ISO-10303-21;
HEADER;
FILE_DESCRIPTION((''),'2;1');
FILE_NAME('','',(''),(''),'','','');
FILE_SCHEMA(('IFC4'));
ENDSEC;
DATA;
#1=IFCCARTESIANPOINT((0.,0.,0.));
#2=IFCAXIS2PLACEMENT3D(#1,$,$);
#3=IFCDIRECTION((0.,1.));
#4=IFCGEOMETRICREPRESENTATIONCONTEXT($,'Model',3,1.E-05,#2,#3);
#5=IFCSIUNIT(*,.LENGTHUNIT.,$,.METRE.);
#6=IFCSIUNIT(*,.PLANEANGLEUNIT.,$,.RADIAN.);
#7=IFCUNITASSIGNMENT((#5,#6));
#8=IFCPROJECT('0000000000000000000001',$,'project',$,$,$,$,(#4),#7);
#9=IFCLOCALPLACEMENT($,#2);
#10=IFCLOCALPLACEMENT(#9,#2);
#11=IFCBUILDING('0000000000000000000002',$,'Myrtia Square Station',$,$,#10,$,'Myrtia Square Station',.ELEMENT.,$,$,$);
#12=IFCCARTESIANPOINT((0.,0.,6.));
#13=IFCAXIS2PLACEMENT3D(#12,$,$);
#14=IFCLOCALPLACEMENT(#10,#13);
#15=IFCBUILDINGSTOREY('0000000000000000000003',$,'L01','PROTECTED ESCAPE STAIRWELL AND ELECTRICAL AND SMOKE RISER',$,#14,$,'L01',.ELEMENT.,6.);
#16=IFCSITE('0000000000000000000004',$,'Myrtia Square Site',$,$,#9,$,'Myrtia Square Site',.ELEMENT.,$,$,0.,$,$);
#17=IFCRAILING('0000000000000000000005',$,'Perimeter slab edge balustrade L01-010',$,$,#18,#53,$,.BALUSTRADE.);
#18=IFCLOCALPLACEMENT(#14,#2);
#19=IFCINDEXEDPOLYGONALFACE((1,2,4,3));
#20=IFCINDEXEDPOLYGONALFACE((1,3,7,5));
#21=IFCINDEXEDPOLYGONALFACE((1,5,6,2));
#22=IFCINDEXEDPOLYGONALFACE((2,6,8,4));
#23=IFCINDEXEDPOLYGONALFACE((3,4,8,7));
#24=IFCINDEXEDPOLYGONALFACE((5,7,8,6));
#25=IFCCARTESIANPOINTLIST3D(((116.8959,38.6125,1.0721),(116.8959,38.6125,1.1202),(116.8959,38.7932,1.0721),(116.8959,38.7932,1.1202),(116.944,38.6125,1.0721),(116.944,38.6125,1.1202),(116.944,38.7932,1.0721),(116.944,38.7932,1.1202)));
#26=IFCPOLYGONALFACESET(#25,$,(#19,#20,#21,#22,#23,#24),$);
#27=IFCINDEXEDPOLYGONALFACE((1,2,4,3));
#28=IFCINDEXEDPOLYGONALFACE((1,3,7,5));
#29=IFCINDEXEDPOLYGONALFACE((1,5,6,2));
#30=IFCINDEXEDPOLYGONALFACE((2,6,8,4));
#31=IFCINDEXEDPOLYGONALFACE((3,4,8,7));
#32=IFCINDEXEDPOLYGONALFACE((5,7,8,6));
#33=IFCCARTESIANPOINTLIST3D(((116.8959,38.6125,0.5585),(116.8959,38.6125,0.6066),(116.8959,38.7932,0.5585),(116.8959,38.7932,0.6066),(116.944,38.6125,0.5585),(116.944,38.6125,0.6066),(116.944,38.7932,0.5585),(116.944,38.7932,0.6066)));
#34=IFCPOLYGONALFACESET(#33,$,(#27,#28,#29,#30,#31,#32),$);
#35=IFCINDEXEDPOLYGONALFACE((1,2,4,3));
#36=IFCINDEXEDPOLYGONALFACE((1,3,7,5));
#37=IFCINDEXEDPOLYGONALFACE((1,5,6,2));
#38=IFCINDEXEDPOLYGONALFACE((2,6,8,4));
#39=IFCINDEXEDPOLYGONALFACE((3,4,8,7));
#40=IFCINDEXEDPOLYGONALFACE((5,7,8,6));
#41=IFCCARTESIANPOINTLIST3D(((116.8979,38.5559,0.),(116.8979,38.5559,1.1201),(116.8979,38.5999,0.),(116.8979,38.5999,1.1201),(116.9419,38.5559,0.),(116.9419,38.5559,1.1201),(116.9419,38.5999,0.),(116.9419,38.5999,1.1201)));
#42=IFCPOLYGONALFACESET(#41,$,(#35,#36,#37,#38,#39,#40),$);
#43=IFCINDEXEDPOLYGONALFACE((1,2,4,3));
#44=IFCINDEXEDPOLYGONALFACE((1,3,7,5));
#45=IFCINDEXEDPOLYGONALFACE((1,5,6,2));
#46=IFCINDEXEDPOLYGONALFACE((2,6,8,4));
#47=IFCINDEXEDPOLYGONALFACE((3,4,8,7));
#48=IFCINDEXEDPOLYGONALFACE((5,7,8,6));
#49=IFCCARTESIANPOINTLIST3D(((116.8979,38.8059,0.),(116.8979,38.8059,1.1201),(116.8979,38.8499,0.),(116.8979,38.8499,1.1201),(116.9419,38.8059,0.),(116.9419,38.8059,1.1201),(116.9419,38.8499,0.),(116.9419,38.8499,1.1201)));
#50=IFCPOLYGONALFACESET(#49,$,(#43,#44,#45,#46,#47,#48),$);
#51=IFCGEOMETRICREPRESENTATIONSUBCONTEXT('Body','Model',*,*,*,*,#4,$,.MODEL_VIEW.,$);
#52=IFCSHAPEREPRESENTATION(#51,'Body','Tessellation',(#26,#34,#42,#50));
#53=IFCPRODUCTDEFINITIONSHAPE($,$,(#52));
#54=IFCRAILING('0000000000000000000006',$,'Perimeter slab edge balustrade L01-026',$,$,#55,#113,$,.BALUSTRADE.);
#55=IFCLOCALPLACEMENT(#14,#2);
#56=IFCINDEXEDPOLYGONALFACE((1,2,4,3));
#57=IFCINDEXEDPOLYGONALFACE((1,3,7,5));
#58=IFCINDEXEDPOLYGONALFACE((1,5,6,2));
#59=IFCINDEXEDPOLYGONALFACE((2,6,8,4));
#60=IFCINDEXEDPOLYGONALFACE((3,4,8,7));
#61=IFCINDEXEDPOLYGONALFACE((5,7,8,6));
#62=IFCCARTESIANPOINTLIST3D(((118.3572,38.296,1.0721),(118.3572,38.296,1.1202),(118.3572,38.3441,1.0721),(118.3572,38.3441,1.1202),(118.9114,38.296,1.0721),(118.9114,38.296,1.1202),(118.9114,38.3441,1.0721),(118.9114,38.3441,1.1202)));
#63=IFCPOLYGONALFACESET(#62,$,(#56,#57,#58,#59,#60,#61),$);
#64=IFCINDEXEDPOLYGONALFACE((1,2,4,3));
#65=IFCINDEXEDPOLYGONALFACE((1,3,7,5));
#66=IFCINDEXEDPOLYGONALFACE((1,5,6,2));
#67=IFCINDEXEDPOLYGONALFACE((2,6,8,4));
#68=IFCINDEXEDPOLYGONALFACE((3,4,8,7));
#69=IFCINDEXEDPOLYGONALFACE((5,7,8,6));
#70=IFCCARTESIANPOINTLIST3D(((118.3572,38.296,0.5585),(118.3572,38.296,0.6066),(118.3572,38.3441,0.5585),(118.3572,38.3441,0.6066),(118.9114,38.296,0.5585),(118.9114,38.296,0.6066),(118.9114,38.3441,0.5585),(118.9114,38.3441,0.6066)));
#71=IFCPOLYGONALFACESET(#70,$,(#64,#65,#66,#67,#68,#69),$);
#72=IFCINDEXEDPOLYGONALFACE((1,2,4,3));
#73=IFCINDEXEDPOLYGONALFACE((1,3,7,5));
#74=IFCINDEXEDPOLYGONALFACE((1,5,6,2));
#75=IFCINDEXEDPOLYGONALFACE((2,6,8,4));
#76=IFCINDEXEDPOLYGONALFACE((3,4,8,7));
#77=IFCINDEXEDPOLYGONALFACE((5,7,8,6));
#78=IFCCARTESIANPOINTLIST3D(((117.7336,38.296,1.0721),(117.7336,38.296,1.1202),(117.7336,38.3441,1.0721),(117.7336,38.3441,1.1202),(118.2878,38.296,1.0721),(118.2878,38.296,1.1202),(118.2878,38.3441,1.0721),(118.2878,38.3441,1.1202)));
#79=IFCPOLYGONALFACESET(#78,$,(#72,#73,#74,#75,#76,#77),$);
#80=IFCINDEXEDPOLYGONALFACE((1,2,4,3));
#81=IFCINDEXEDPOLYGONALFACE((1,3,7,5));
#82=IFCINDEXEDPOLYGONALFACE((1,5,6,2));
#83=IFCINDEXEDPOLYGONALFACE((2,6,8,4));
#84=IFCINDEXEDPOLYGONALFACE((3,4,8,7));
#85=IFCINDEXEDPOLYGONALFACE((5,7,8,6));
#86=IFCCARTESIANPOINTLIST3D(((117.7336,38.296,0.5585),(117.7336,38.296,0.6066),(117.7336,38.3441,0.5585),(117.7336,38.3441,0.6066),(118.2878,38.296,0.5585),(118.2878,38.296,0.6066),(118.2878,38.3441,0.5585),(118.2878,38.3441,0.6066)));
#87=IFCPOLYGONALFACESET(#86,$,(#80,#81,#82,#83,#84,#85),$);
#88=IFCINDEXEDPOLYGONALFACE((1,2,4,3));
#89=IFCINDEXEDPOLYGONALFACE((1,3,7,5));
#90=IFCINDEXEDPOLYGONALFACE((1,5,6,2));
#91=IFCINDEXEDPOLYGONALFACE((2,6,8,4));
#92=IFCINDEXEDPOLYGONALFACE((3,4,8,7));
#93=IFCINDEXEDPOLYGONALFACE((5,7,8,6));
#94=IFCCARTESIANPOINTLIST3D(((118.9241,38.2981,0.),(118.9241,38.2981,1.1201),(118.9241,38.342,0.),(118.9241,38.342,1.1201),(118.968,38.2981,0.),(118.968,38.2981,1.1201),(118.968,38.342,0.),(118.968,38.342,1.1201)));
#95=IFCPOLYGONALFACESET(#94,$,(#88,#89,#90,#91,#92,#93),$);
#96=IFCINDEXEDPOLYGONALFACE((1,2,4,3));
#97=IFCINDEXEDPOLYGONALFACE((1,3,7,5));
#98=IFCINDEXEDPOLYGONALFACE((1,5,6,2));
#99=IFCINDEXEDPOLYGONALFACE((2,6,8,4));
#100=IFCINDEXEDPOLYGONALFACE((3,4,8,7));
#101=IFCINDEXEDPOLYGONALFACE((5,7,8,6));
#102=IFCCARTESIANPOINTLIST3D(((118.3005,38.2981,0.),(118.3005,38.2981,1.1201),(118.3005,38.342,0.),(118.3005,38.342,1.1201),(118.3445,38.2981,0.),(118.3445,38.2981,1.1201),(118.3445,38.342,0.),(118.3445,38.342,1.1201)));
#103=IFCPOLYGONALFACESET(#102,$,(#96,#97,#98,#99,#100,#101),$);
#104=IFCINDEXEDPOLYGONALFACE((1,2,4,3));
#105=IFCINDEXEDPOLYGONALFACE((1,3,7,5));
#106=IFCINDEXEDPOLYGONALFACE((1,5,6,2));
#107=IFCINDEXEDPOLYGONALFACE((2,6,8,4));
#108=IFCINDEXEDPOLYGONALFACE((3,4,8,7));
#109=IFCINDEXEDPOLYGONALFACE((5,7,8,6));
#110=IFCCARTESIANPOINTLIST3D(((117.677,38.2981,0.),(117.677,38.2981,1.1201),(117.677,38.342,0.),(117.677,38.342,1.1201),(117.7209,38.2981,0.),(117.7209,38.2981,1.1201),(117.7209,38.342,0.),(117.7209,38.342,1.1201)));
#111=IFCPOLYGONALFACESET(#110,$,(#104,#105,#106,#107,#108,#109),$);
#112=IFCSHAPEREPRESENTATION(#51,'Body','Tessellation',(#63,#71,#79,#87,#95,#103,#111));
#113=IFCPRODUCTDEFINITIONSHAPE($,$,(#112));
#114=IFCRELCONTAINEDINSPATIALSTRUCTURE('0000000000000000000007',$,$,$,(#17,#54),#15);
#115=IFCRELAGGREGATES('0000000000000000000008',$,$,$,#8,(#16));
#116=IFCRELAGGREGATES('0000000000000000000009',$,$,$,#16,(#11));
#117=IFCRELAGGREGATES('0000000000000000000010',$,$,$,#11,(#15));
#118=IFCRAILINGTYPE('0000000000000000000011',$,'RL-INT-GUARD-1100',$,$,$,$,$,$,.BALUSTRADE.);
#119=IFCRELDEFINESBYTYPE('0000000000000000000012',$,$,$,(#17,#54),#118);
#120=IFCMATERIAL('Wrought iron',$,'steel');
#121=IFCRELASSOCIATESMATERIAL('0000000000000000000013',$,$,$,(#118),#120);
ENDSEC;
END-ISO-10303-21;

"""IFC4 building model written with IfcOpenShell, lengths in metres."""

from ifc_helpers import new_model, si_unit, direction, frame, origin, origin_2d, place, context, subcontext, project, spatial, rectangle, extrude, material, type_object, element, save


model = new_model("IFC4")

# Units and contexts
model_context = context("Model", 3, precision=1e-05, world=origin(), true_north=direction((0.0, 1.0)))
body_context = subcontext(model_context, "Body", "Model", "MODEL_VIEW")
ifc_project = project(units=[si_unit("LENGTHUNIT", "METRE"), si_unit("PLANEANGLEUNIT", "RADIAN")], contexts=[model_context])

# Site, building, storey
site_placement = place(None, origin())
site = spatial("IfcSite", under=ifc_project, at=site_placement, Name="Myrtia Square Site", LongName="Myrtia Square Site", CompositionType="ELEMENT", RefElevation=0.0)
building_placement = place(site_placement, origin())
building = spatial("IfcBuilding", under=site, at=building_placement, Name="Myrtia Square Station", LongName="Myrtia Square Station", CompositionType="ELEMENT")
storey_placement = place(building_placement, frame((0.0, 0.0, 6.0)))
storey = spatial("IfcBuildingStorey", under=building, at=storey_placement, Name="L01", Description="PROTECTED ESCAPE STAIRWELL AND ELECTRICAL AND SMOKE RISER", LongName="L01", CompositionType="ELEMENT", Elevation=6.0)

# Railings
ifc_material_1 = material(Name="Wrought iron", Category="steel")
railing_type = type_object("IfcRailingType", Name="RL-INT-GUARD-1100", PredefinedType="BALUSTRADE", material=ifc_material_1)
railing_1_placement = place(storey_placement, frame((116.9199, 38.5779, 0.0)))
element("IfcRailing", 1, at=railing_1_placement, inside=storey, type_object=railing_type, Name="Perimeter slab edge balustrade L01-010", PredefinedType="BALUSTRADE", context=body_context, shape_type="SweptSolid", body=[
    extrude(rectangle(XDim=0.0481, YDim=0.0481, at=origin_2d()), frame((0.0, 0.0347, 1.0962), z_axis=(0.0, 1.0, 0.0), x_axis=(-1.0, 0.0, 0.0)), (0.0, 0.0, 1.0), 0.1807),
    extrude(rectangle(XDim=0.0481, YDim=0.0481, at=origin_2d()), frame((0.0, 0.0347, 0.5825), z_axis=(0.0, 1.0, 0.0), x_axis=(-1.0, 0.0, 0.0)), (0.0, 0.0, 1.0), 0.1807),
    extrude(rectangle(XDim=0.0439, YDim=0.0439, at=origin_2d()), origin(), (0.0, 0.0, 1.0), 1.1201),
    extrude(rectangle(XDim=0.0439, YDim=0.0439, at=origin_2d()), frame((0.0, 0.25, 0.0)), (0.0, 0.0, 1.0), 1.1201),
])
railing_2_placement = place(storey_placement, frame((118.946, 38.3201, 0.0)))
element("IfcRailing", 2, at=railing_2_placement, inside=storey, type_object=railing_type, Name="Perimeter slab edge balustrade L01-026", PredefinedType="BALUSTRADE", context=body_context, shape_type="SweptSolid", body=[
    extrude(rectangle(XDim=0.0481, YDim=0.0481, at=origin_2d()), frame((-0.0347, 0.0, 1.0962), z_axis=(-1.0, 0.0, 0.0), x_axis=(0.0, -1.0, 0.0)), (0.0, 0.0, 1.0), 0.5542),
    extrude(rectangle(XDim=0.0481, YDim=0.0481, at=origin_2d()), frame((-0.0347, 0.0, 0.5825), z_axis=(-1.0, 0.0, 0.0), x_axis=(0.0, -1.0, 0.0)), (0.0, 0.0, 1.0), 0.5542),
    extrude(rectangle(XDim=0.0481, YDim=0.0481, at=origin_2d()), frame((-0.6582, 0.0, 1.0962), z_axis=(-1.0, 0.0, 0.0), x_axis=(0.0, -1.0, 0.0)), (0.0, 0.0, 1.0), 0.5542),
    extrude(rectangle(XDim=0.0481, YDim=0.0481, at=origin_2d()), frame((-0.6582, 0.0, 0.5825), z_axis=(-1.0, 0.0, 0.0), x_axis=(0.0, -1.0, 0.0)), (0.0, 0.0, 1.0), 0.5542),
    extrude(rectangle(XDim=0.0439, YDim=0.0439, at=origin_2d()), origin(), (0.0, 0.0, 1.0), 1.1201),
    extrude(rectangle(XDim=0.0439, YDim=0.0439, at=origin_2d()), frame((-0.6235, 0.0, 0.0)), (0.0, 0.0, 1.0), 1.1201),
    extrude(rectangle(XDim=0.0439, YDim=0.0439, at=origin_2d()), frame((-1.2471, 0.0, 0.0)), (0.0, 0.0, 1.0), 1.1201),
])

save(model, "model.ifc")
